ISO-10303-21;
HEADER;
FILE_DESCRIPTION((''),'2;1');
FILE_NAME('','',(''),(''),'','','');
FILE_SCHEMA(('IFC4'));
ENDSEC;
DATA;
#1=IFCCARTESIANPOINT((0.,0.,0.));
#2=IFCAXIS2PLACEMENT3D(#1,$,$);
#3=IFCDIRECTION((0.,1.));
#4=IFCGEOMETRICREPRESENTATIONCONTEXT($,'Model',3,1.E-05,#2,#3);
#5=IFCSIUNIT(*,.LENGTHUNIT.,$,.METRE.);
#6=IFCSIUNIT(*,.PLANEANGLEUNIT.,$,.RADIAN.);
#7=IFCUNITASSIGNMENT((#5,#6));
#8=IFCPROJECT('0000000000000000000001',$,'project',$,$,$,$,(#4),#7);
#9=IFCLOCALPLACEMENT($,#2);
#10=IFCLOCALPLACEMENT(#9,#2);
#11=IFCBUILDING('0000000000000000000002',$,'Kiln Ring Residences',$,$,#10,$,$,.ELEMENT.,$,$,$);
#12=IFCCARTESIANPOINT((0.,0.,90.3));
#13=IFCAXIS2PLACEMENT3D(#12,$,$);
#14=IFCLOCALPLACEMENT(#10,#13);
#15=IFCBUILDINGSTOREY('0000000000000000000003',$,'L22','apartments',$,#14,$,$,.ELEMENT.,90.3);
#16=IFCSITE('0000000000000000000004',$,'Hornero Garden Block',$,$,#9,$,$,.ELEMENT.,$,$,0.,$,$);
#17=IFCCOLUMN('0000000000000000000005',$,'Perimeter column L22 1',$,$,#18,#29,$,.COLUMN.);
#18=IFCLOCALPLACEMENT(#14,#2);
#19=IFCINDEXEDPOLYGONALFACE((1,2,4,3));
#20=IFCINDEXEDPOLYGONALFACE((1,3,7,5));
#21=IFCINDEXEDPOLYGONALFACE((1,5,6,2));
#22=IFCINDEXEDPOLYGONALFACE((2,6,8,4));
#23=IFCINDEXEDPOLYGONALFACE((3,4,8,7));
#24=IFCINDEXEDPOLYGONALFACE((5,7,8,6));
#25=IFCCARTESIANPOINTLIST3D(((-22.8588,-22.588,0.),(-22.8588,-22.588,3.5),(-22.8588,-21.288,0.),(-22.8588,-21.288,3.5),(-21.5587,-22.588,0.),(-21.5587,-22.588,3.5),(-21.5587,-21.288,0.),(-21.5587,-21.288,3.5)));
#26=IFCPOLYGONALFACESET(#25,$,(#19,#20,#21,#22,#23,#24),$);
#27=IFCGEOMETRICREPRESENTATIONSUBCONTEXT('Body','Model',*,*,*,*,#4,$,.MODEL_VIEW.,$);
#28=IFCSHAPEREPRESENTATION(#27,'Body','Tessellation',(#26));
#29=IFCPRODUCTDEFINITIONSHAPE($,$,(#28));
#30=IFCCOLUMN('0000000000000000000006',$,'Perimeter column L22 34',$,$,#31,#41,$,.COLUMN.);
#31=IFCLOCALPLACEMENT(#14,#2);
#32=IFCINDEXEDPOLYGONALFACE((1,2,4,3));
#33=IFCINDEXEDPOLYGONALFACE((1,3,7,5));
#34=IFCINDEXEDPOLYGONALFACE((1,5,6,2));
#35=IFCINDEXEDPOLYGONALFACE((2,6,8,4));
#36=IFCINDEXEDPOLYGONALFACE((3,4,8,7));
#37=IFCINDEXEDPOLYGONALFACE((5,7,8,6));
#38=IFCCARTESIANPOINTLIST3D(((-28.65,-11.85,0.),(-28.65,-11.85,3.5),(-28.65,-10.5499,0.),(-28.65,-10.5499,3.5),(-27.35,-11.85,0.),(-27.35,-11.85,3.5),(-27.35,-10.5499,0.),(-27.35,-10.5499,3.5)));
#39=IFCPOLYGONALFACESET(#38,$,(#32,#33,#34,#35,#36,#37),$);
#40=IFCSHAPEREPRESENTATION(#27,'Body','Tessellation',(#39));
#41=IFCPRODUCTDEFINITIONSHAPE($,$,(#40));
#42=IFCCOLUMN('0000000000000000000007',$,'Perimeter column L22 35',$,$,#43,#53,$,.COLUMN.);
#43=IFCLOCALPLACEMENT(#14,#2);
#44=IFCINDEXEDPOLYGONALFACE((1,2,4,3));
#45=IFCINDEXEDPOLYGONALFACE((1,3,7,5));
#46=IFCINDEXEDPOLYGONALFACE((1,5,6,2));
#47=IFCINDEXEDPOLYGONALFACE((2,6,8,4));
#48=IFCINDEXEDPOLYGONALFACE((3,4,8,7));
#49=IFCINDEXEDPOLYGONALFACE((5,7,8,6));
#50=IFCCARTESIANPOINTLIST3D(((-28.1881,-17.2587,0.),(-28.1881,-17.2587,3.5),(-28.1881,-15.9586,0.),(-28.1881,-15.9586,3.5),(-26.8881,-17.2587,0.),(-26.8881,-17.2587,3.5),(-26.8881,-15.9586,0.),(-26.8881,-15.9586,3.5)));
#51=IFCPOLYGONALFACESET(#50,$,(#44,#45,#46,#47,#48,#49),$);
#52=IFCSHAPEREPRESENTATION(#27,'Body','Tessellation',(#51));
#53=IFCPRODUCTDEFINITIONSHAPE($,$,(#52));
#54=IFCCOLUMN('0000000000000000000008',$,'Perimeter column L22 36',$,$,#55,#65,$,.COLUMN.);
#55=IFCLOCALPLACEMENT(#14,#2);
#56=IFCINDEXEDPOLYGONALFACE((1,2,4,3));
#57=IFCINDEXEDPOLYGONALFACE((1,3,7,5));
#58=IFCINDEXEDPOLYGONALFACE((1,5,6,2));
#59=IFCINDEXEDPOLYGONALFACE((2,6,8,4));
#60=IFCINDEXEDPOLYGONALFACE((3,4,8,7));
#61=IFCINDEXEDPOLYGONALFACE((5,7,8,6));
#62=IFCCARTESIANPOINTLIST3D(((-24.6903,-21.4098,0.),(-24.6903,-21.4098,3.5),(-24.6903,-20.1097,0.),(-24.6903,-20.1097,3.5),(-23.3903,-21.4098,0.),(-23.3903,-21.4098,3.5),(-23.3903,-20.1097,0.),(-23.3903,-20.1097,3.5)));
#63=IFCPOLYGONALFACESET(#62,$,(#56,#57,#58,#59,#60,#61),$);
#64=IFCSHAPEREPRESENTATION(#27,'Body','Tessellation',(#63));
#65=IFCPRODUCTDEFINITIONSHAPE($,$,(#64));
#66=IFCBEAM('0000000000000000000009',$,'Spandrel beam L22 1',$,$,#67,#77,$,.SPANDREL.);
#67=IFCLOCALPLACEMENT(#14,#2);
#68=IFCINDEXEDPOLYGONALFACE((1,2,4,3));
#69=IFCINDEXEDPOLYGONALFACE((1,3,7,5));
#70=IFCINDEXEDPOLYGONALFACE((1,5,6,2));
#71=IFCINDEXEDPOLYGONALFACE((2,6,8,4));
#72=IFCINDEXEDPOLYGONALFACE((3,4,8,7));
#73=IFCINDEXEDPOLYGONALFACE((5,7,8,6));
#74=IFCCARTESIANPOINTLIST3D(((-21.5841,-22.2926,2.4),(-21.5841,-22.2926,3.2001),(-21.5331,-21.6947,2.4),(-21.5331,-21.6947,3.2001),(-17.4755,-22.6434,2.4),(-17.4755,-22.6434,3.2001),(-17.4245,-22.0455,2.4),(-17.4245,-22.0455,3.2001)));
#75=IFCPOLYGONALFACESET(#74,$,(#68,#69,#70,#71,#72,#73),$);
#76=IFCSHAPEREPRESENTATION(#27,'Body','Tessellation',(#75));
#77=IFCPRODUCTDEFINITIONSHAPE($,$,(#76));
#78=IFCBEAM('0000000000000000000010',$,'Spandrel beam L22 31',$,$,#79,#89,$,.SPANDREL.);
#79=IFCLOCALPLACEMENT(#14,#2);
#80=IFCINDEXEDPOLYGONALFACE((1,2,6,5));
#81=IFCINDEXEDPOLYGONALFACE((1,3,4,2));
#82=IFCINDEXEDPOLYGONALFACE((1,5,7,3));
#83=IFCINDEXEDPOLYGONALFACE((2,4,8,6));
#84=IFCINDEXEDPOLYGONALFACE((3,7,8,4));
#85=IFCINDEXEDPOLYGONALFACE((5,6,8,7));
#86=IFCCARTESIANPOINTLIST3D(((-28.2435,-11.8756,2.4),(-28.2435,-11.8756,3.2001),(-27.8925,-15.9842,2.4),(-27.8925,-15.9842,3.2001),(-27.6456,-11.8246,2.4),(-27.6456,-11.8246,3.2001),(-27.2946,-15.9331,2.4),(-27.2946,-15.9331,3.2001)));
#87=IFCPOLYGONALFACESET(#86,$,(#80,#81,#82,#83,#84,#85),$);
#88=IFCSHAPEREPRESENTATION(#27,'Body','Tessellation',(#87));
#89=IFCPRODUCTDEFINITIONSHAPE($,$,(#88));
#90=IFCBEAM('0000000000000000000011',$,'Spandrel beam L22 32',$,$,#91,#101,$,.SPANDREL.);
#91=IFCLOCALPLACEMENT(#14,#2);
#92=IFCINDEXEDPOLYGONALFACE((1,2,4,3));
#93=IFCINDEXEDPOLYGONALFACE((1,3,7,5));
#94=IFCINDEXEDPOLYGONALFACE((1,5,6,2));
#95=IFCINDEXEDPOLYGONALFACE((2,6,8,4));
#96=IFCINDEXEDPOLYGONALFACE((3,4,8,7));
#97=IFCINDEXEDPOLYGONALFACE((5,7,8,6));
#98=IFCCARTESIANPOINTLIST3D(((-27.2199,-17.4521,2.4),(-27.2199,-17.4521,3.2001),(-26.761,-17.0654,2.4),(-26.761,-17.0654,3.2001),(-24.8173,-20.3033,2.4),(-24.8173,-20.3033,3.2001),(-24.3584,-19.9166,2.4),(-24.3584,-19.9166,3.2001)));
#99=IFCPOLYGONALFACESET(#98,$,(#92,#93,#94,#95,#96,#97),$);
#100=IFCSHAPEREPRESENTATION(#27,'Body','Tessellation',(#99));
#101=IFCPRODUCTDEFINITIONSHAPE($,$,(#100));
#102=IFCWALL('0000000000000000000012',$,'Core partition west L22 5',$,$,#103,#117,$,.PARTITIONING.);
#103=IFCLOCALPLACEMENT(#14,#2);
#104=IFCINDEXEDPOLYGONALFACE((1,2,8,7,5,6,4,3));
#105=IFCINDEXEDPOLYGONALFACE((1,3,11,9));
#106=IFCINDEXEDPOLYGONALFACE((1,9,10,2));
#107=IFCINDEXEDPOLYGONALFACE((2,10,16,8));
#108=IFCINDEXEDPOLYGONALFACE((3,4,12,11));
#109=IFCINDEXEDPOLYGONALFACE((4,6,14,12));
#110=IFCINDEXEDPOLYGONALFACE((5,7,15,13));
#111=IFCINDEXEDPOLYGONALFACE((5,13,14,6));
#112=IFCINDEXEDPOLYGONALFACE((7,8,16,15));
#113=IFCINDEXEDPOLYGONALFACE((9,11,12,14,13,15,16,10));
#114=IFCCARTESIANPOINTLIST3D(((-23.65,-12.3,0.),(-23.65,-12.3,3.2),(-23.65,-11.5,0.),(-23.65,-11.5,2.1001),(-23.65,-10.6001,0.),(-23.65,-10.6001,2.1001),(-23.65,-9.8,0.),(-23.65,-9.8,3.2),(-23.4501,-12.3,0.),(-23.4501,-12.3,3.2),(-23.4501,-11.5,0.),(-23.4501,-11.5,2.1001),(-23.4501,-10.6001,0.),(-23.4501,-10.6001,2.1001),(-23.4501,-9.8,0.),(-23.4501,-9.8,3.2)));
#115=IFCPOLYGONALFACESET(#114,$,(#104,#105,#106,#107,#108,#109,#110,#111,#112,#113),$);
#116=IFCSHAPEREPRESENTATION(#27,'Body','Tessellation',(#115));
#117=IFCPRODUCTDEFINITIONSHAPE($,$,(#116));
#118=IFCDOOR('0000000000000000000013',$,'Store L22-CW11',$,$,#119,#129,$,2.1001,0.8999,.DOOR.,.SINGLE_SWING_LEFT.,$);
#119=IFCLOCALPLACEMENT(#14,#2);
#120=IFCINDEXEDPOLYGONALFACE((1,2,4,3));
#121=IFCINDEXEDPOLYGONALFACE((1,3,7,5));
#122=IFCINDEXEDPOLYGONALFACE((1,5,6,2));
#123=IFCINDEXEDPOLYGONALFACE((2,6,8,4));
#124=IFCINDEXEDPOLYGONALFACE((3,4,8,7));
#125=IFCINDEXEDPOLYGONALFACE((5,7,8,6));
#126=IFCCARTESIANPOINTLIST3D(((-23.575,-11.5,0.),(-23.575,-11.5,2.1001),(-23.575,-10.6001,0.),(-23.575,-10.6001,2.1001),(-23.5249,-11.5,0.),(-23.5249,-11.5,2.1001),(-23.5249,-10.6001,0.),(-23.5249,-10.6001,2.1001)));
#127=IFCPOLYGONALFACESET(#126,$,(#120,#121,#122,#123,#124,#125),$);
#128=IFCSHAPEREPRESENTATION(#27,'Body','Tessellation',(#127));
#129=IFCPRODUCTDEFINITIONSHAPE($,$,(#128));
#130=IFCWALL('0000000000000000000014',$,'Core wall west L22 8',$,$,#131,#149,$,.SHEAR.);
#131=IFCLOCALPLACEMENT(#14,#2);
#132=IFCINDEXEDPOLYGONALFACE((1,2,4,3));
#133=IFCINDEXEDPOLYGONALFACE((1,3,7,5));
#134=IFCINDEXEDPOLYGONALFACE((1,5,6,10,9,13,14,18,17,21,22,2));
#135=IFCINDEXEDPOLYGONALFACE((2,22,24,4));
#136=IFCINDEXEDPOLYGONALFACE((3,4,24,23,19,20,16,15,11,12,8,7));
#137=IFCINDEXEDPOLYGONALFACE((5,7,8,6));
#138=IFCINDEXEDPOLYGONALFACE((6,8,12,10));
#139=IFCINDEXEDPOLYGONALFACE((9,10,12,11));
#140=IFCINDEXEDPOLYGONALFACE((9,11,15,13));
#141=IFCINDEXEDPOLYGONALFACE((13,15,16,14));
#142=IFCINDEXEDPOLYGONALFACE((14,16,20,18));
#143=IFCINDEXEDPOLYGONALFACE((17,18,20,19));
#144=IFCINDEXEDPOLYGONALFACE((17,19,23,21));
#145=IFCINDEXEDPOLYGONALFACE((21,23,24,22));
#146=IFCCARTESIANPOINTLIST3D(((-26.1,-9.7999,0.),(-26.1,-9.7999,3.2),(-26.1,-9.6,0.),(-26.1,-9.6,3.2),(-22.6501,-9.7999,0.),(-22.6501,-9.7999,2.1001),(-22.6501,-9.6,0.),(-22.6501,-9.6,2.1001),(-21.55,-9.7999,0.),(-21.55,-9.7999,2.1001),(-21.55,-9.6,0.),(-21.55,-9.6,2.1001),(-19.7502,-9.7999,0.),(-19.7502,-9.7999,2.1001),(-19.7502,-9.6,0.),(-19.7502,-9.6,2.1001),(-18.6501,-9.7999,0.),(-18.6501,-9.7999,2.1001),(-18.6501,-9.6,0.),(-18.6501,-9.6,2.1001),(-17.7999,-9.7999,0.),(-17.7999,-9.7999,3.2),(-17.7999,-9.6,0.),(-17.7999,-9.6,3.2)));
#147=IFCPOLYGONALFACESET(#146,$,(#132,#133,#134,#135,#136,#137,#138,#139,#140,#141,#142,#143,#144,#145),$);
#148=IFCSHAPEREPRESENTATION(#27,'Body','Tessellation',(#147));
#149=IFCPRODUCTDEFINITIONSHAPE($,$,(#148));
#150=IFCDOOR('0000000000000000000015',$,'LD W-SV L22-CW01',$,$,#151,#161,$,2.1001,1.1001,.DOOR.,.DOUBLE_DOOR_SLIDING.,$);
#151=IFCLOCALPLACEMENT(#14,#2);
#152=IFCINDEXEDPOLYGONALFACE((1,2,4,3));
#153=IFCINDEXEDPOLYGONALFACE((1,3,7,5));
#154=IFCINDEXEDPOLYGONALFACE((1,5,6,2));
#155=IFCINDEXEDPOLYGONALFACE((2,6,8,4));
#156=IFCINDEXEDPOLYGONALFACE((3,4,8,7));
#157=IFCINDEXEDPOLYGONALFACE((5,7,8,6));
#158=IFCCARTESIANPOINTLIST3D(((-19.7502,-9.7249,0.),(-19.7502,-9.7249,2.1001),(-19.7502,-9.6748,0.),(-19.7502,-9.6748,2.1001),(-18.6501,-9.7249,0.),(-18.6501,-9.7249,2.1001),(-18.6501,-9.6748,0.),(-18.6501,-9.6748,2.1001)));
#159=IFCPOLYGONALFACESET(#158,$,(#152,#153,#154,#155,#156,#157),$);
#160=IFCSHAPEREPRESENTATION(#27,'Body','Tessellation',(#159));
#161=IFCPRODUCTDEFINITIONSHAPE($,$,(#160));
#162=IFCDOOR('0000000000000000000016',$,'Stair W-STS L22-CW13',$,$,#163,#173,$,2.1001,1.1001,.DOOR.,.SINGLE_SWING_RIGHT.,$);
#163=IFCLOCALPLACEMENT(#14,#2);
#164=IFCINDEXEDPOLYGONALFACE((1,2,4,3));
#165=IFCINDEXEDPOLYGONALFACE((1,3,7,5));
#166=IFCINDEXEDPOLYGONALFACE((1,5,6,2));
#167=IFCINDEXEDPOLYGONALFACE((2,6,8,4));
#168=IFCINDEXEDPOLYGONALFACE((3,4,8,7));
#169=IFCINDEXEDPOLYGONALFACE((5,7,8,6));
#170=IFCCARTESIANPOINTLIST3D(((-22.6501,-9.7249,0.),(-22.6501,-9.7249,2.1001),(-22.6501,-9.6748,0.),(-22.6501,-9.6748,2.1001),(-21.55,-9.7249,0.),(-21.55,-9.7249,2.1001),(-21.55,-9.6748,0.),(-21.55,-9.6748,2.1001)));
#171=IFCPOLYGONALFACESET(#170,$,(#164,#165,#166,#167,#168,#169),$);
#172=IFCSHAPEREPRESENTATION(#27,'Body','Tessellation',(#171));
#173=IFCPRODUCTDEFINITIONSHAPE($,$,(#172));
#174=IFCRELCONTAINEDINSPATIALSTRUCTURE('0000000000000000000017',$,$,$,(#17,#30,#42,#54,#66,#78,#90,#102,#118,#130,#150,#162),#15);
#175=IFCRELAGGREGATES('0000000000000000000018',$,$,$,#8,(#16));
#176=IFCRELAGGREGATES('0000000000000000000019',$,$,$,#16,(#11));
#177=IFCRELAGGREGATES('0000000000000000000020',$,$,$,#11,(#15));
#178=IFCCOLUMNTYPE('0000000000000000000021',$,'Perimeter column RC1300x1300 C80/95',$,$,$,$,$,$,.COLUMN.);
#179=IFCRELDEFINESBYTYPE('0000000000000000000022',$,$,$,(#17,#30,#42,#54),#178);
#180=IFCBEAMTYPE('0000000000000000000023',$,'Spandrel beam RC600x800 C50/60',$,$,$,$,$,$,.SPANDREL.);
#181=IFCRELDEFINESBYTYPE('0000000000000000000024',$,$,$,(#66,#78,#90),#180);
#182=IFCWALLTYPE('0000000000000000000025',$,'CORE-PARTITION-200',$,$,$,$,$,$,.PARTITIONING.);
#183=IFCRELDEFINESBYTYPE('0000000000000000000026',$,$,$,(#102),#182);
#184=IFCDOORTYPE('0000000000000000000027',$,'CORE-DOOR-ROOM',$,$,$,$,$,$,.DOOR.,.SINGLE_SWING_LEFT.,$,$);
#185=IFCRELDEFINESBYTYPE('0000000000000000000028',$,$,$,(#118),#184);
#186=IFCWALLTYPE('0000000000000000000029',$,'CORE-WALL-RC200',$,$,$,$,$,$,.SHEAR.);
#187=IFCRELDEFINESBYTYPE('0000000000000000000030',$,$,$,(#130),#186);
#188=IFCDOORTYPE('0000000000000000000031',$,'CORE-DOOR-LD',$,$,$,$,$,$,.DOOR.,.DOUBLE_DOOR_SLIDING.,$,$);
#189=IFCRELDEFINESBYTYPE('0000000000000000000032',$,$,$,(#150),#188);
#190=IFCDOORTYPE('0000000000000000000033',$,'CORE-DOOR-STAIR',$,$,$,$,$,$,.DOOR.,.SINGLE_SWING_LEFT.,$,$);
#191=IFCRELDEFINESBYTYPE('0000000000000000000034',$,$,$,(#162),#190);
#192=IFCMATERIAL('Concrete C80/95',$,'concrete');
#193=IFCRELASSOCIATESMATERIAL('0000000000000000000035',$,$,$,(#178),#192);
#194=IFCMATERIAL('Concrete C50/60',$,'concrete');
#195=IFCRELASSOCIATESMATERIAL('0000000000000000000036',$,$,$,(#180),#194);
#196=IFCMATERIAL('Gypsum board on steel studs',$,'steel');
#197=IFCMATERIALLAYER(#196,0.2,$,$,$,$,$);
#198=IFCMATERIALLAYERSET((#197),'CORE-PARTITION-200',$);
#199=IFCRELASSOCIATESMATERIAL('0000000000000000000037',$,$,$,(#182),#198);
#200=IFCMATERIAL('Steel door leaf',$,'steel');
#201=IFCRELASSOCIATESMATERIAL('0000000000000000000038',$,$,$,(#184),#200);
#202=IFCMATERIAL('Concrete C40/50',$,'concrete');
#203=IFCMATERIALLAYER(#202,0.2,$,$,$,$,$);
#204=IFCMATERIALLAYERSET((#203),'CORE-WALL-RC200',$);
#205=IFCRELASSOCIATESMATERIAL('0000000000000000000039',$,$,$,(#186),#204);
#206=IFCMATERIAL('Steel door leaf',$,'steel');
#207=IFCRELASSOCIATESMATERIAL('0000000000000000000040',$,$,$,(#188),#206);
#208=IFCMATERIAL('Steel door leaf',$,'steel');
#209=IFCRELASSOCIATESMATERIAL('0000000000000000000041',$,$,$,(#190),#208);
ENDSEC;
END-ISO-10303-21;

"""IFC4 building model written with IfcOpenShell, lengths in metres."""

from ifc_helpers import new_model, si_unit, direction, frame, frame_2d, origin, origin_2d, place, context, subcontext, project, spatial, rectangle, extrude, material, layer, layer_set, material_profile, profile_set, type_object, element, fill, save


model = new_model("IFC4")

# Units and contexts
model_context = context("Model", 3, precision=1e-05, world=origin(), true_north=direction((0.0, 1.0)))
body_context = subcontext(model_context, "Body", "Model", "MODEL_VIEW")
ifc_project = project(units=[si_unit("LENGTHUNIT", "METRE"), si_unit("PLANEANGLEUNIT", "RADIAN")], contexts=[model_context])

# Site, building, storey
site_placement = place(None, origin())
site = spatial("IfcSite", under=ifc_project, at=site_placement, Name="Hornero Garden Block", CompositionType="ELEMENT", RefElevation=0.0)
building_placement = place(site_placement, origin())
building = spatial("IfcBuilding", under=site, at=building_placement, Name="Kiln Ring Residences", CompositionType="ELEMENT")
storey_placement = place(building_placement, frame((0.0, 0.0, 90.3)))
storey = spatial("IfcBuildingStorey", under=building, at=storey_placement, Name="L22", Description="apartments", CompositionType="ELEMENT", Elevation=90.3)

# Columns
ifc_material_1 = material(Name="Concrete C80/95", Category="concrete")
ifc_material_profile_1 = material_profile(ifc_material_1, rectangle(XDim=1.3, YDim=1.3, at=origin_2d()), Name="RC1300x1300")
ifc_profile_set_1 = profile_set([ifc_material_profile_1], Name="Concrete C80/95")
column_type = type_object("IfcColumnType", Name="Perimeter column RC1300x1300 C80/95", PredefinedType="COLUMN", material=ifc_profile_set_1)
for number, where, z_axis, x_axis, name in (
    (1, (-22.2087, -21.938, 0.0), (0.0, 0.0, 1.0), (1.0, 0.0, 0.0), "Perimeter column L22 1"),
    (2, (-28.0, -11.2, 0.0), (0.0, 0.0, 1.0), (1.0, 0.0, 0.0), "Perimeter column L22 34"),
    (3, (-27.5381, -16.6086, 0.0), (0.0, 0.0, 1.0), (1.0, 0.0, 0.0), "Perimeter column L22 35"),
    (4, (-24.0403, -20.7598, 0.0), (0.0, 0.0, 1.0), (1.0, 0.0, 0.0), "Perimeter column L22 36"),
):
    element("IfcColumn", number, at=place(storey_placement, frame(where, z_axis=z_axis, x_axis=x_axis)), inside=storey, type_object=column_type, Name=name, PredefinedType="COLUMN", context=body_context, shape_type="SweptSolid", body=[
        extrude(rectangle(XDim=1.3, YDim=1.3, at=origin_2d()), origin(), (0.0, 0.0, 1.0), 3.5),
    ])

# Beams
ifc_material_2 = material(Name="Concrete C50/60", Category="concrete")
ifc_material_profile_2 = material_profile(ifc_material_2, rectangle(XDim=0.6001, YDim=0.8, at=origin_2d()), Name="RC600x800")
ifc_profile_set_2 = profile_set([ifc_material_profile_2], Name="Concrete C50/60")
beam_type = type_object("IfcBeamType", Name="Spandrel beam RC600x800 C50/60", PredefinedType="SPANDREL", material=ifc_profile_set_2)
for number, where, z_axis, x_axis, name in (
    (5, (-21.5586, -21.9937, 2.8), (0.996374, -0.085079, 0.0), (0.085079, 0.996374, 0.0), "Spandrel beam L22 1"),
    (6, (-27.9446, -11.8501, 2.8), (0.085137, -0.996369, 0.0), (0.996369, 0.085137, 0.0), "Spandrel beam L22 31"),
):
    element("IfcBeam", number, at=place(storey_placement, frame(where, z_axis=z_axis, x_axis=x_axis)), inside=storey, type_object=beam_type, Name=name, PredefinedType="SPANDREL", context=body_context, shape_type="SweptSolid", body=[
        extrude(rectangle(XDim=0.6001, YDim=0.8, at=origin_2d()), origin(), (0.0, 0.0, 1.0), 4.1235),
    ])
beam_placement = place(storey_placement, frame((-26.9905, -17.2588, 2.8), z_axis=(0.6444, -0.764689, 0.0), x_axis=(0.764689, 0.6444, 0.0)))
element("IfcBeam", 7, at=beam_placement, inside=storey, type_object=beam_type, Name="Spandrel beam L22 32", PredefinedType="SPANDREL", context=body_context, shape_type="SweptSolid", body=[
    extrude(rectangle(XDim=0.6001, YDim=0.8, at=origin_2d()), origin(), (0.0, 0.0, 1.0), 3.7285),
])

# Wall, opening, door
ifc_material_3 = material(Name="Gypsum board on steel studs", Category="steel")
ifc_layer_1 = layer(ifc_material_3, 0.2)
ifc_layer_set_1 = layer_set([ifc_layer_1], Name="CORE-PARTITION-200")
wall_type_1 = type_object("IfcWallType", Name="CORE-PARTITION-200", PredefinedType="PARTITIONING", material=ifc_layer_set_1)
wall_1_placement = place(storey_placement, frame((-23.55, -12.3, 0.0), z_axis=(0.0, 0.0, 1.0), x_axis=(0.0, 1.0, 0.0)))
wall_1 = element("IfcWall", 8, at=wall_1_placement, inside=storey, type_object=wall_type_1, Name="Core partition west L22 5", PredefinedType="PARTITIONING", context=body_context, shape_type="SweptSolid", body=[
    extrude(rectangle(XDim=2.5, YDim=0.2, at=frame_2d((1.25, 0.0))), origin(), (0.0, 0.0, 1.0), 3.2),
])
opening_1_placement = place(wall_1_placement, frame((0.8, 0.0, 0.0)))
opening_1 = element("IfcOpeningElement", 9, at=opening_1_placement, cuts=wall_1, PredefinedType="OPENING", context=body_context, shape_type="SweptSolid", body=[
    extrude(rectangle(XDim=0.8999, YDim=2.1001, at=frame_2d((0.45, 1.05))), frame((0.0, 0.1099, 0.0), z_axis=(0.0, -1.0, 0.0), x_axis=(1.0, 0.0, 0.0)), (0.0, 0.0, 1.0), 0.22),
])
ifc_material_4 = material(Name="Steel door leaf", Category="steel")
door_type_1 = type_object("IfcDoorType", Name="CORE-DOOR-ROOM", OperationType="SINGLE_SWING_LEFT", PredefinedType="DOOR", material=ifc_material_4)
door_1_placement = place(opening_1_placement, origin())
door_1 = element("IfcDoor", 10, at=door_1_placement, inside=storey, type_object=door_type_1, Name="Store L22-CW11", OperationType="SINGLE_SWING_LEFT", OverallHeight=2.1001, OverallWidth=0.8999, PredefinedType="DOOR", context=body_context, shape_type="SweptSolid", body=[
    extrude(rectangle(XDim=0.8999, YDim=2.1001, at=frame_2d((0.45, 1.05))), frame((0.0, 0.0249, 0.0), z_axis=(0.0, -1.0, 0.0), x_axis=(1.0, 0.0, 0.0)), (0.0, 0.0, 1.0), 0.05),
])
fill(opening_1, door_1)

# Wall, openings, doors
ifc_material_5 = material(Name="Concrete C40/50", Category="concrete")
ifc_layer_2 = layer(ifc_material_5, 0.2)
ifc_layer_set_2 = layer_set([ifc_layer_2], Name="CORE-WALL-RC200")
wall_type_2 = type_object("IfcWallType", Name="CORE-WALL-RC200", PredefinedType="SHEAR", material=ifc_layer_set_2)
wall_2_placement = place(storey_placement, frame((-17.8, -9.7, 0.0), z_axis=(0.0, 0.0, 1.0), x_axis=(-1.0, 0.0, 0.0)))
wall_2 = element("IfcWall", 11, at=wall_2_placement, inside=storey, type_object=wall_type_2, Name="Core wall west L22 8", PredefinedType="SHEAR", context=body_context, shape_type="SweptSolid", body=[
    extrude(rectangle(XDim=8.3, YDim=0.2, at=frame_2d((4.1499, 0.0))), origin(), (0.0, 0.0, 1.0), 3.2),
])
opening_2_placement = place(wall_2_placement, frame((0.8501, 0.0, 0.0)))
opening_2 = element("IfcOpeningElement", 12, at=opening_2_placement, cuts=wall_2, PredefinedType="OPENING", context=body_context, shape_type="SweptSolid", body=[
    extrude(rectangle(XDim=1.1001, YDim=2.1001, at=frame_2d((0.55, 1.05))), frame((0.0, 0.1099, 0.0), z_axis=(0.0, -1.0, 0.0), x_axis=(1.0, 0.0, 0.0)), (0.0, 0.0, 1.0), 0.22),
])
opening_3_placement = place(wall_2_placement, frame((3.75, 0.0, 0.0)))
opening_3 = element("IfcOpeningElement", 13, at=opening_3_placement, cuts=wall_2, PredefinedType="OPENING", context=body_context, shape_type="SweptSolid", body=[
    extrude(rectangle(XDim=1.1001, YDim=2.1001, at=frame_2d((0.55, 1.05))), frame((0.0, 0.1099, 0.0), z_axis=(0.0, -1.0, 0.0), x_axis=(1.0, 0.0, 0.0)), (0.0, 0.0, 1.0), 0.22),
])
ifc_material_6 = material(Name="Steel door leaf", Category="steel")
door_type_2 = type_object("IfcDoorType", Name="CORE-DOOR-LD", OperationType="DOUBLE_DOOR_SLIDING", PredefinedType="DOOR", material=ifc_material_6)
door_2_placement = place(opening_2_placement, origin())
door_2 = element("IfcDoor", 14, at=door_2_placement, inside=storey, type_object=door_type_2, Name="LD W-SV L22-CW01", OperationType="DOUBLE_DOOR_SLIDING", OverallHeight=2.1001, OverallWidth=1.1001, PredefinedType="DOOR", context=body_context, shape_type="SweptSolid", body=[
    extrude(rectangle(XDim=1.1001, YDim=2.1001, at=frame_2d((0.55, 1.05))), frame((0.0, 0.0249, 0.0), z_axis=(0.0, -1.0, 0.0), x_axis=(1.0, 0.0, 0.0)), (0.0, 0.0, 1.0), 0.05),
])
fill(opening_2, door_2)
ifc_material_7 = material(Name="Steel door leaf", Category="steel")
door_type_3 = type_object("IfcDoorType", Name="CORE-DOOR-STAIR", OperationType="SINGLE_SWING_LEFT", PredefinedType="DOOR", material=ifc_material_7)
door_3_placement = place(opening_3_placement, origin())
door_3 = element("IfcDoor", 15, at=door_3_placement, inside=storey, type_object=door_type_3, Name="Stair W-STS L22-CW13", OperationType="SINGLE_SWING_RIGHT", OverallHeight=2.1001, OverallWidth=1.1001, PredefinedType="DOOR", context=body_context, shape_type="SweptSolid", body=[
    extrude(rectangle(XDim=1.1001, YDim=2.1001, at=frame_2d((0.55, 1.05))), frame((0.0, 0.0249, 0.0), z_axis=(0.0, -1.0, 0.0), x_axis=(1.0, 0.0, 0.0)), (0.0, 0.0, 1.0), 0.05),
])
fill(opening_3, door_3)

save(model, "model.ifc")
